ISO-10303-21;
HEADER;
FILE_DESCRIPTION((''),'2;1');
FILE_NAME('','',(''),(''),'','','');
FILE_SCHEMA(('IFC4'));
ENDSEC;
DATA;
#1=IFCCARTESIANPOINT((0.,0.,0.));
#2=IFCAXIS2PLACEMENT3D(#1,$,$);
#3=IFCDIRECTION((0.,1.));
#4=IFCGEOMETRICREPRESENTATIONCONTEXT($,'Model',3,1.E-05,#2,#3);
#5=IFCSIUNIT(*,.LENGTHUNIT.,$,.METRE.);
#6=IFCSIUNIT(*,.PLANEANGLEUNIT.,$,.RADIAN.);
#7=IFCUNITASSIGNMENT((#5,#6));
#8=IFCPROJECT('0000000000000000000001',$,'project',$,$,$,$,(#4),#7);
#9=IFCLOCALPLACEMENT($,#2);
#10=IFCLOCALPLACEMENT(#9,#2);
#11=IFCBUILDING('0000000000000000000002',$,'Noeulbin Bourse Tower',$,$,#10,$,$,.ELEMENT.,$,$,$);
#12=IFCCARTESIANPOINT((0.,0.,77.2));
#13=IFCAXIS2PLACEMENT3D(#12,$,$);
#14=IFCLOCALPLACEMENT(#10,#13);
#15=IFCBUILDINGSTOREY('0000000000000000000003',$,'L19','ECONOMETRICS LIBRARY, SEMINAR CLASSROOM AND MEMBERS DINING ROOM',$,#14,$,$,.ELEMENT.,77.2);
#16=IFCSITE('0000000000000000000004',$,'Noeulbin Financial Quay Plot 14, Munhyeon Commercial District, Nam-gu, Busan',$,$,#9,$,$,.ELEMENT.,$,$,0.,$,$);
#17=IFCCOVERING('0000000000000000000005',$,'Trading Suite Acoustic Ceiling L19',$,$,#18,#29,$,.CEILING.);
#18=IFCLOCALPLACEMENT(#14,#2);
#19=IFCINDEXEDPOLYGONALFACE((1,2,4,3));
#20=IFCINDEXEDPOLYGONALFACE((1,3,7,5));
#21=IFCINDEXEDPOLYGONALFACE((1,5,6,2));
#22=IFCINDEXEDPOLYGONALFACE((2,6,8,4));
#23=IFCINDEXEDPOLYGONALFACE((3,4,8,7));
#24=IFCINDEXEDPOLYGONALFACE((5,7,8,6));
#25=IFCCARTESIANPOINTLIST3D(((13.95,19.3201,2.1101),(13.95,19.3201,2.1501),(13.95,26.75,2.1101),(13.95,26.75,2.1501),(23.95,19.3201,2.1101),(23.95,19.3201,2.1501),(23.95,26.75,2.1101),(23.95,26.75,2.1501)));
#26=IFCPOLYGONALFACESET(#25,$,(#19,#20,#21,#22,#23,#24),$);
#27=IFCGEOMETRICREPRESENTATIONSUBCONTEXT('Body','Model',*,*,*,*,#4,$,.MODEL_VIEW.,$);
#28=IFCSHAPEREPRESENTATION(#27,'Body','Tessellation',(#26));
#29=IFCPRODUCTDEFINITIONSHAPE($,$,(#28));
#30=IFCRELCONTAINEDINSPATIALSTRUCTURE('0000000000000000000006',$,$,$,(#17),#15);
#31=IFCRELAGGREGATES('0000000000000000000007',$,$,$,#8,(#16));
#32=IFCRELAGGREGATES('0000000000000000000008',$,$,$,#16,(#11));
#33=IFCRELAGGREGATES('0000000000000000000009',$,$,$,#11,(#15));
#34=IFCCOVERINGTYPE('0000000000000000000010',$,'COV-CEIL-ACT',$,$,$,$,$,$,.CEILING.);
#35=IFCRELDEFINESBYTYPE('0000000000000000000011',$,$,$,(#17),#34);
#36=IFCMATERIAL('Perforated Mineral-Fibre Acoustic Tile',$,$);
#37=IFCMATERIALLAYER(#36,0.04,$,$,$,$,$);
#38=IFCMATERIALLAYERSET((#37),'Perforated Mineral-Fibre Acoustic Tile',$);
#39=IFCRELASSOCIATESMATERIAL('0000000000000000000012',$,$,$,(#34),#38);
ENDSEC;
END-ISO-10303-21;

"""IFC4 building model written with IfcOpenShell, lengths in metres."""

from ifc_helpers import new_model, si_unit, direction, frame, origin, place, context, subcontext, project, spatial, polyline, outline, extrude, material, layer, layer_set, type_object, element, save


model = new_model("IFC4")

# Units and contexts
model_context = context("Model", 3, precision=1e-05, world=origin(), true_north=direction((0.0, 1.0)))
body_context = subcontext(model_context, "Body", "Model", "MODEL_VIEW")
ifc_project = project(units=[si_unit("LENGTHUNIT", "METRE"), si_unit("PLANEANGLEUNIT", "RADIAN")], contexts=[model_context])

# Site, building, storey
site_placement = place(None, origin())
site = spatial("IfcSite", under=ifc_project, at=site_placement, Name="Noeulbin Financial Quay Plot 14, Munhyeon Commercial District, Nam-gu, Busan", CompositionType="ELEMENT", RefElevation=0.0)
building_placement = place(site_placement, origin())
building = spatial("IfcBuilding", under=site, at=building_placement, Name="Noeulbin Bourse Tower", CompositionType="ELEMENT")
storey_placement = place(building_placement, frame((0.0, 0.0, 77.2)))
storey = spatial("IfcBuildingStorey", under=building, at=storey_placement, Name="L19", Description="ECONOMETRICS LIBRARY, SEMINAR CLASSROOM AND MEMBERS DINING ROOM", CompositionType="ELEMENT", Elevation=77.2)

# Covering
ifc_material_1 = material(Name="Perforated Mineral-Fibre Acoustic Tile")
ifc_layer_1 = layer(ifc_material_1, 0.04)
ifc_layer_set_1 = layer_set([ifc_layer_1], Name="Perforated Mineral-Fibre Acoustic Tile")
covering_type = type_object("IfcCoveringType", Name="COV-CEIL-ACT", PredefinedType="CEILING", material=ifc_layer_set_1)
covering_1_placement = place(storey_placement, frame((0.0, 0.0, 2.1101)))
element("IfcCovering", 1, at=covering_1_placement, inside=storey, type_object=covering_type, Name="Trading Suite Acoustic Ceiling L19", PredefinedType="CEILING", context=body_context, shape_type="SweptSolid", body=[
    extrude(outline(polyline([(13.95, 19.3201), (23.95, 19.3201), (23.95, 26.75), (13.95, 26.75), (13.95, 19.3201)])), origin(), (0.0, 0.0, 1.0), 0.04),
])

save(model, "model.ifc")
